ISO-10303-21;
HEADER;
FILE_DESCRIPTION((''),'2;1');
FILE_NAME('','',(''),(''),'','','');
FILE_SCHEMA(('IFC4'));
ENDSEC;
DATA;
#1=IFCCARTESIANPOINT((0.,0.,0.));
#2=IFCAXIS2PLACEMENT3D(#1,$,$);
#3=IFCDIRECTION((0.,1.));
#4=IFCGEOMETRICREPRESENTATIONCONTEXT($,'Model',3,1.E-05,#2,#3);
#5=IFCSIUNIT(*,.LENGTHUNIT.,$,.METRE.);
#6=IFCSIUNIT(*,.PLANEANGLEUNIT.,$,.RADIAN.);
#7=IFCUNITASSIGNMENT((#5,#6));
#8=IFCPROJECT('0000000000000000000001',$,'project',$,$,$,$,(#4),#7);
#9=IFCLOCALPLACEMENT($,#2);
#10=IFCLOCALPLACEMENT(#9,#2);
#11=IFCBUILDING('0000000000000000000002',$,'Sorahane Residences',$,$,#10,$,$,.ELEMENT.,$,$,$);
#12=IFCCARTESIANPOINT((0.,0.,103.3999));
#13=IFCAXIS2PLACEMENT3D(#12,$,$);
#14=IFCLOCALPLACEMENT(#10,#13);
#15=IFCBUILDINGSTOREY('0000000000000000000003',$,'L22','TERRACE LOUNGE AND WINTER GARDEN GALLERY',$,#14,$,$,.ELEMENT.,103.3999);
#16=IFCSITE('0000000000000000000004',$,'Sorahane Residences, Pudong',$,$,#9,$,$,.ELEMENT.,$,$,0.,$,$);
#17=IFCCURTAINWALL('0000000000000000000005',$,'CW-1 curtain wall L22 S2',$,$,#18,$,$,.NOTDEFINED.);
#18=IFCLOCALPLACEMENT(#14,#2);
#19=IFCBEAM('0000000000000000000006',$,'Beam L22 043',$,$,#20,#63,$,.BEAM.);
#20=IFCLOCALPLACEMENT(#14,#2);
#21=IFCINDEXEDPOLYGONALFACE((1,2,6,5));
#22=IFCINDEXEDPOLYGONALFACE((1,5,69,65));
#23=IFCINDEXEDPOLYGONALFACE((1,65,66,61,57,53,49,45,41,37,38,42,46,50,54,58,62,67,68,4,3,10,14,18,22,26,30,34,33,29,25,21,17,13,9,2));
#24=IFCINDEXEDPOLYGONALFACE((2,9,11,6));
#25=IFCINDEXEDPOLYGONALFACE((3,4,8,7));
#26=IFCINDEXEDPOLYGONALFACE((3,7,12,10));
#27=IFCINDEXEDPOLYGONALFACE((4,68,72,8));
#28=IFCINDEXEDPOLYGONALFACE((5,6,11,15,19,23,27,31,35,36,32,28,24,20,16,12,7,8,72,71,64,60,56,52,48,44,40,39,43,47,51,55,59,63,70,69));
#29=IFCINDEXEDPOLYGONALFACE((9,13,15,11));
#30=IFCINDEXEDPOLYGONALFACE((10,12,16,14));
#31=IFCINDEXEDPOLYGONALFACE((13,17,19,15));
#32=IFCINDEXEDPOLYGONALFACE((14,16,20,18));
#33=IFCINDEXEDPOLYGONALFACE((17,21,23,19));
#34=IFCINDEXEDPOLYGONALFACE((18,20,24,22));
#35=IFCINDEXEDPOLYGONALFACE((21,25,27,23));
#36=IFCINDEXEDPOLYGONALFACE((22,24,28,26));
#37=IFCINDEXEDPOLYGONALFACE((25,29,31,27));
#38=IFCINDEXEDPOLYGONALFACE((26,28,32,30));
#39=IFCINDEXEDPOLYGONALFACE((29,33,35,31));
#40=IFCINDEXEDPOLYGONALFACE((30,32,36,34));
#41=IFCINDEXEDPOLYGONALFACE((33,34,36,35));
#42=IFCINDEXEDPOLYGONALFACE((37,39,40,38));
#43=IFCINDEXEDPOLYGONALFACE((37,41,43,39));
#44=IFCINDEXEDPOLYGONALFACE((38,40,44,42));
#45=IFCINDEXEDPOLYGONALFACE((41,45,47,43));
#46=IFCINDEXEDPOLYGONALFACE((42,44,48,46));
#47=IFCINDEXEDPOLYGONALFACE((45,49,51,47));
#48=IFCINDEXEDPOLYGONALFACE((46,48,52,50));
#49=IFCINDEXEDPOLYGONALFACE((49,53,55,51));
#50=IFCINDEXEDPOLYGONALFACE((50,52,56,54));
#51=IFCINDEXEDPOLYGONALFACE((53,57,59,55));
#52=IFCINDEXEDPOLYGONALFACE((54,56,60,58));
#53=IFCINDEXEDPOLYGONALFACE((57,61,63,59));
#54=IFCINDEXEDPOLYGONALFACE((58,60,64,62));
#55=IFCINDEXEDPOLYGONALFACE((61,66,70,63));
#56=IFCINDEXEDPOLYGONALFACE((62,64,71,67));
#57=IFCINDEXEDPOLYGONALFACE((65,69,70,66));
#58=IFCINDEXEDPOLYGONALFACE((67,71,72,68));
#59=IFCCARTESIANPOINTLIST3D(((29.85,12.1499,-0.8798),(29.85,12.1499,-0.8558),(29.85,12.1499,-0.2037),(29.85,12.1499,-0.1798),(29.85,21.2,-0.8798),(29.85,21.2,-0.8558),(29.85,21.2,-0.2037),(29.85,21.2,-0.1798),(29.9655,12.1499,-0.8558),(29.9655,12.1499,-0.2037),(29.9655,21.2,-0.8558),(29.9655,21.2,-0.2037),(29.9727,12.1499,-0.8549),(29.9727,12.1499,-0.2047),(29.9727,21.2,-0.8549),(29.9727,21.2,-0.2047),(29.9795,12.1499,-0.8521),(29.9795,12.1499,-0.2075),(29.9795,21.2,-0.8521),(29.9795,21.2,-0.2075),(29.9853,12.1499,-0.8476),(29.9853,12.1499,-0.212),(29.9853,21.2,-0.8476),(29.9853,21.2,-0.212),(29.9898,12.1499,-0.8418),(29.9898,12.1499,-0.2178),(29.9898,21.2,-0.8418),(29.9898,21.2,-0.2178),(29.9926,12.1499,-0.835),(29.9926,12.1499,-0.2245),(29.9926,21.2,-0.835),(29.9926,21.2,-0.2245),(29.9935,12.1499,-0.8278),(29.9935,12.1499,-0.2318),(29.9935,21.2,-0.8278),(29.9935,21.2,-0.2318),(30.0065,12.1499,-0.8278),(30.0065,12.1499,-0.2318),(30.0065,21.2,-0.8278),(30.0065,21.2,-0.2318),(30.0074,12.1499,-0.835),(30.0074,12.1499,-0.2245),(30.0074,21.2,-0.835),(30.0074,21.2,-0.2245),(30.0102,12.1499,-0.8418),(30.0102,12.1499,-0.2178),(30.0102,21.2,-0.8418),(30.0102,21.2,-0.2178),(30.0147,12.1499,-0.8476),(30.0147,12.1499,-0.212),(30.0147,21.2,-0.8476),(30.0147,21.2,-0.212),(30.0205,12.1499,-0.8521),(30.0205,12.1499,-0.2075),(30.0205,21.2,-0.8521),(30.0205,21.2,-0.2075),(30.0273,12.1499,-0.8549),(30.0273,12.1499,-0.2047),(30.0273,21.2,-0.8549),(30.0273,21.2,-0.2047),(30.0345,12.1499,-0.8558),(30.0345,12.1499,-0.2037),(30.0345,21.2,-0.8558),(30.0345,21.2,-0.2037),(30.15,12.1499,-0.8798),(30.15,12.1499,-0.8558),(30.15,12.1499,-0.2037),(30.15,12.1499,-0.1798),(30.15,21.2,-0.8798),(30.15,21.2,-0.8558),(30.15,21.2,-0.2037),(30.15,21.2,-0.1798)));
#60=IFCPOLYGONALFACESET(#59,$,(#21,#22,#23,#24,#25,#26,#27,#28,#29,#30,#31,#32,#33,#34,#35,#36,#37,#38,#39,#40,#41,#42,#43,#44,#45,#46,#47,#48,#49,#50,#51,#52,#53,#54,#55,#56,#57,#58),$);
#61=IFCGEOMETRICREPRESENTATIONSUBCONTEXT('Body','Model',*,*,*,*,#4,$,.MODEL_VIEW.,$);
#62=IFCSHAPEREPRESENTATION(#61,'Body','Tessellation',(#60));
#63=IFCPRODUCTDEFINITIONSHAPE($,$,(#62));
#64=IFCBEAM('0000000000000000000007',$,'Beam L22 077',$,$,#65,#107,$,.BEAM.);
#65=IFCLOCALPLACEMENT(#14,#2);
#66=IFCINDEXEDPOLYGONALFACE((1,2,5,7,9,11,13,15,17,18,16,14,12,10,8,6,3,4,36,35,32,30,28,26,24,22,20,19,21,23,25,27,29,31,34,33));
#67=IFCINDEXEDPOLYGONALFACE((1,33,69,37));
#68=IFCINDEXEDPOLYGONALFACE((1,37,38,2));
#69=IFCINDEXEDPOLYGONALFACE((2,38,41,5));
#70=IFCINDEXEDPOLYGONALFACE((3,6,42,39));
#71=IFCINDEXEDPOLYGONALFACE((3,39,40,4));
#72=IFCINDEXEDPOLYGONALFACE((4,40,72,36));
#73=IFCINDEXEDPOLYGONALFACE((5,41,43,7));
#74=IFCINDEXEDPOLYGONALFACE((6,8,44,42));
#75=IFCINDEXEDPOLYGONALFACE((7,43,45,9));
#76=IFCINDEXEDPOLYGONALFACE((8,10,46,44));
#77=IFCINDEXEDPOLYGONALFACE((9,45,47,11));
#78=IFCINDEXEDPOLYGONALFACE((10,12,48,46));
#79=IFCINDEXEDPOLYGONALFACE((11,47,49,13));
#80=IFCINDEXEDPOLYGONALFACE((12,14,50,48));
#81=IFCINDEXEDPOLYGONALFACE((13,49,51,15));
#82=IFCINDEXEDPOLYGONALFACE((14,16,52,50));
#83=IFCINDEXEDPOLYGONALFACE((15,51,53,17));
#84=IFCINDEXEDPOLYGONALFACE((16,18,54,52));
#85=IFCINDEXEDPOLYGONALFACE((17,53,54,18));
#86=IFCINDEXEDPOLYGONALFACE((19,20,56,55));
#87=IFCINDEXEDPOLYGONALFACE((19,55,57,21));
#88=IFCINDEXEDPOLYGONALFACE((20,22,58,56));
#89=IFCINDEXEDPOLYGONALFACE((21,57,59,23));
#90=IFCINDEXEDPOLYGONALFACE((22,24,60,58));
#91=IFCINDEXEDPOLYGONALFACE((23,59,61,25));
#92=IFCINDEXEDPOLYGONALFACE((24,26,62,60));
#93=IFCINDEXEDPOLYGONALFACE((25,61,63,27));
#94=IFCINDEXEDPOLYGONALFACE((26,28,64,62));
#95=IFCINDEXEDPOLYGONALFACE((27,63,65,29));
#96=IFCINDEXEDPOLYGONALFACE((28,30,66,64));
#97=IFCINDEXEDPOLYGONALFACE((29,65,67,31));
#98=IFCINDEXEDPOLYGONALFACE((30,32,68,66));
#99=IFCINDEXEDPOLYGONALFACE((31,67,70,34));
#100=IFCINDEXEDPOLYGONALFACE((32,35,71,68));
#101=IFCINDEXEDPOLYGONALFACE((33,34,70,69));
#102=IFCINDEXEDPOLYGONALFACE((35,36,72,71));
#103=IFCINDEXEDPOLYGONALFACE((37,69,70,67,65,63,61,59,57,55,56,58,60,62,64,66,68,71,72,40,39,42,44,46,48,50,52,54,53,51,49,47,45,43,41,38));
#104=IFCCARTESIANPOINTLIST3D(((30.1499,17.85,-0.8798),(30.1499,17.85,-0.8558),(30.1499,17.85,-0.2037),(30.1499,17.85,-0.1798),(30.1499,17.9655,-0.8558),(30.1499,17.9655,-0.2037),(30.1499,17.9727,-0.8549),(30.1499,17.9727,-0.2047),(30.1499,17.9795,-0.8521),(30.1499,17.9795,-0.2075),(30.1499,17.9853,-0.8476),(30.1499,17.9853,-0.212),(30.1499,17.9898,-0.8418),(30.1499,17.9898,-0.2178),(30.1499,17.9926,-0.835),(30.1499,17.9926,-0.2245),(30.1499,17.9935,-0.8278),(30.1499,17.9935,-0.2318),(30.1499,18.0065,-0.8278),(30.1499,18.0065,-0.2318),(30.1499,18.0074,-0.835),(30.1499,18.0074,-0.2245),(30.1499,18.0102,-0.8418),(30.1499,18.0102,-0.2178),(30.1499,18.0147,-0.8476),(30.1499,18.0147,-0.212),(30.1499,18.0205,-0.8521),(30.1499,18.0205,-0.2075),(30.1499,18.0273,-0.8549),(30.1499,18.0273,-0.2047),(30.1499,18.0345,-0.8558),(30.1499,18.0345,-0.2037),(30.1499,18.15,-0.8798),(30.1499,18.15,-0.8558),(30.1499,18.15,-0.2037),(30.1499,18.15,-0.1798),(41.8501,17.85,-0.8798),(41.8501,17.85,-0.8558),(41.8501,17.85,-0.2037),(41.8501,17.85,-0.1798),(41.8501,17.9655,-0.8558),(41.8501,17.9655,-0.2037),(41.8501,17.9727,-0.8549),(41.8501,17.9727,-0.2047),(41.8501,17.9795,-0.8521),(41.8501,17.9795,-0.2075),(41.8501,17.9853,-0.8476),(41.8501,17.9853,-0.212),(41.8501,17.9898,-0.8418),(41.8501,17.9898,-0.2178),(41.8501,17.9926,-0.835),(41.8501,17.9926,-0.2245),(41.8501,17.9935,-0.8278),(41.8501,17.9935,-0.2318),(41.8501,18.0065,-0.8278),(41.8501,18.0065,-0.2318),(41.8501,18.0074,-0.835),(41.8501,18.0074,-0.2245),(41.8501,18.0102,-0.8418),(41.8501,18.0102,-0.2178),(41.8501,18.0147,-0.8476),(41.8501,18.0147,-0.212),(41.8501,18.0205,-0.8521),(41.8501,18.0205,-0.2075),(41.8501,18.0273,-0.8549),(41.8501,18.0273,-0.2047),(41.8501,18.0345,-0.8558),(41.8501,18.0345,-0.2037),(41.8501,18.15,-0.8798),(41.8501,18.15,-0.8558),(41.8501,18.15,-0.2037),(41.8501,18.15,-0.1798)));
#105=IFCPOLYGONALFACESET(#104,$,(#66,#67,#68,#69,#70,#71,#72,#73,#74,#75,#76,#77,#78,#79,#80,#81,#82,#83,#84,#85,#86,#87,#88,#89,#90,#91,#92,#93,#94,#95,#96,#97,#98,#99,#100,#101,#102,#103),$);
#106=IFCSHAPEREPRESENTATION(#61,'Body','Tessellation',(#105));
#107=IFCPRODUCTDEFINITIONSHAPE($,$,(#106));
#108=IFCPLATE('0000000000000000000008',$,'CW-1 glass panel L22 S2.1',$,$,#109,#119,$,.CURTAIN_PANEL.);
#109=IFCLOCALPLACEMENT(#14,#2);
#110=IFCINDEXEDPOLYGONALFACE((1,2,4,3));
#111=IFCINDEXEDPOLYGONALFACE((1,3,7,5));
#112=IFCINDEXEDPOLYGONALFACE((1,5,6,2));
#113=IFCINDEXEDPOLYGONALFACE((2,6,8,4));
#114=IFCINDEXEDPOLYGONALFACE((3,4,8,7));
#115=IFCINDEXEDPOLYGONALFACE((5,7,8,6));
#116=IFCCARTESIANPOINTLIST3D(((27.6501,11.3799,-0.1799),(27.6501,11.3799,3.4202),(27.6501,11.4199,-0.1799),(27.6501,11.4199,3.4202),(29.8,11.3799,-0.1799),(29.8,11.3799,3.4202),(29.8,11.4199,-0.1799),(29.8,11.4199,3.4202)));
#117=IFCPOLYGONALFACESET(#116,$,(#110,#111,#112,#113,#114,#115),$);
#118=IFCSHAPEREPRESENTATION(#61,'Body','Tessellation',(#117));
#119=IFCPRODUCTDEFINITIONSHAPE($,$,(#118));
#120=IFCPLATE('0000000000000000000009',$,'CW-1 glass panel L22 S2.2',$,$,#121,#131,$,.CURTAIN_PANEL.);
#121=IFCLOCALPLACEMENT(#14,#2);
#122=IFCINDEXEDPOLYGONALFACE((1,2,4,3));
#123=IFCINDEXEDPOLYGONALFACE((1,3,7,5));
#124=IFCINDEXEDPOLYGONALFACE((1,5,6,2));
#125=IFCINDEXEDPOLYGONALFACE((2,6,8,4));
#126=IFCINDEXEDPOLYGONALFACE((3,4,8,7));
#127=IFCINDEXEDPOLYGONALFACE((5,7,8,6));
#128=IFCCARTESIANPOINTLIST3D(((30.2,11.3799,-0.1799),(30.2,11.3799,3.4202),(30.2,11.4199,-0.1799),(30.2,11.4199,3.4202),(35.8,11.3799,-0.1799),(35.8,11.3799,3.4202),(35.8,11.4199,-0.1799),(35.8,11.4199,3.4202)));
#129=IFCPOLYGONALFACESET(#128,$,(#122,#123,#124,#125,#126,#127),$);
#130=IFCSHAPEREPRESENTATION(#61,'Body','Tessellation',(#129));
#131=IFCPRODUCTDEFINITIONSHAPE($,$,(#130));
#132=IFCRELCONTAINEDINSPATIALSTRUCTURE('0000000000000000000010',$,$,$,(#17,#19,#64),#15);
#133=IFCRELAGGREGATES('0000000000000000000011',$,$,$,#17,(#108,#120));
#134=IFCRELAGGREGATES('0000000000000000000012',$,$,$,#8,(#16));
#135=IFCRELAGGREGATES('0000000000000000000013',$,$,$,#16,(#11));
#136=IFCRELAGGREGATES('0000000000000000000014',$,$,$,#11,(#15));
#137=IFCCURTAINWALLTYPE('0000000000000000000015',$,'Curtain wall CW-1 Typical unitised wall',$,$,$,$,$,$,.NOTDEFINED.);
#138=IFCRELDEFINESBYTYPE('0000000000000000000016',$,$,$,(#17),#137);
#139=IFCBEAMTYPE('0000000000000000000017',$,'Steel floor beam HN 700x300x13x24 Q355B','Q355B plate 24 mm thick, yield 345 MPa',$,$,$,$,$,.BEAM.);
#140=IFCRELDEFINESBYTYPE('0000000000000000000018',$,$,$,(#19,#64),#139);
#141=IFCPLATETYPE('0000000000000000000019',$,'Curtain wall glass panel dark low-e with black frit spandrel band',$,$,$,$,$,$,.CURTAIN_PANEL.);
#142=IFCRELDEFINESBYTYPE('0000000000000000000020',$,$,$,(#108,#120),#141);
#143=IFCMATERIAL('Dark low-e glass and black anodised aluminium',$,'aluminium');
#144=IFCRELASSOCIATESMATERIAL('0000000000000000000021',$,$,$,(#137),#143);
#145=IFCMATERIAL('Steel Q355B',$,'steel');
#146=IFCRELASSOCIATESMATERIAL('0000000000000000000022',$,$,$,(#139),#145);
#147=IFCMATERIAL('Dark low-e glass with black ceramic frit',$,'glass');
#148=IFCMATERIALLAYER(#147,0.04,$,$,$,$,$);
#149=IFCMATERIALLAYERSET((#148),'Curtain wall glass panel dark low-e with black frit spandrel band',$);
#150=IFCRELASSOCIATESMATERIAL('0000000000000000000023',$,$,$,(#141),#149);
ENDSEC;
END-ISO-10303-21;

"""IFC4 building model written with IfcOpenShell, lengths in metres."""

from ifc_helpers import new_model, si_unit, direction, frame, origin, origin_2d, place, context, subcontext, project, spatial, rectangle, i_section, extrude, material, layer, layer_set, material_profile, profile_set, type_object, element, aggregate, save


model = new_model("IFC4")

# Units and contexts
model_context = context("Model", 3, precision=1e-05, world=origin(), true_north=direction((0.0, 1.0)))
body_context = subcontext(model_context, "Body", "Model", "MODEL_VIEW")
ifc_project = project(units=[si_unit("LENGTHUNIT", "METRE"), si_unit("PLANEANGLEUNIT", "RADIAN")], contexts=[model_context])

# Site, building, storey
site_placement = place(None, origin())
site = spatial("IfcSite", under=ifc_project, at=site_placement, Name="Sorahane Residences, Pudong", CompositionType="ELEMENT", RefElevation=0.0)
building_placement = place(site_placement, origin())
building = spatial("IfcBuilding", under=site, at=building_placement, Name="Sorahane Residences", CompositionType="ELEMENT")
storey_placement = place(building_placement, frame((0.0, 0.0, 103.3999)))
storey = spatial("IfcBuildingStorey", under=building, at=storey_placement, Name="L22", Description="TERRACE LOUNGE AND WINTER GARDEN GALLERY", CompositionType="ELEMENT", Elevation=103.3999)

# Curtain wall
ifc_material_1 = material(Name="Dark low-e glass and black anodised aluminium", Category="aluminium")
curtain_wall_type = type_object("IfcCurtainWallType", Name="Curtain wall CW-1 Typical unitised wall", PredefinedType="NOTDEFINED", material=ifc_material_1)
curtain_wall_placement = place(storey_placement, origin())
curtain_wall = element("IfcCurtainWall", 1, at=curtain_wall_placement, inside=storey, type_object=curtain_wall_type, Name="CW-1 curtain wall L22 S2", PredefinedType="NOTDEFINED")

# Beams
ifc_material_2 = material(Name="Steel Q355B", Category="steel")
ifc_material_profile_1 = material_profile(ifc_material_2, i_section(OverallWidth=0.3, OverallDepth=0.7, WebThickness=0.0129, FlangeThickness=0.0239, FilletRadius=0.0281, at=origin_2d()), Name="HN 700x300x13x24")
ifc_profile_set_1 = profile_set([ifc_material_profile_1], Name="Steel Q355B")
beam_type_1 = type_object("IfcBeamType", Name="Steel floor beam HN 700x300x13x24 Q355B", Description="Q355B plate 24 mm thick, yield 345 MPa", PredefinedType="BEAM", material=ifc_profile_set_1)
beam_1_placement = place(storey_placement, frame((30.0, 12.1499, -0.5298), z_axis=(0.0, 1.0, 0.0), x_axis=(-1.0, 0.0, 0.0)))
element("IfcBeam", 2, at=beam_1_placement, inside=storey, type_object=beam_type_1, Name="Beam L22 043", PredefinedType="BEAM", context=body_context, shape_type="SweptSolid", body=[
    extrude(i_section(OverallWidth=0.3, OverallDepth=0.7, WebThickness=0.0129, FlangeThickness=0.0239, FilletRadius=0.0281, at=origin_2d()), origin(), (0.0, 0.0, 1.0), 9.05),
])
beam_2_placement = place(storey_placement, frame((30.1499, 18.0, -0.5298), z_axis=(1.0, 0.0, 0.0), x_axis=(0.0, 1.0, 0.0)))
element("IfcBeam", 3, at=beam_2_placement, inside=storey, type_object=beam_type_1, Name="Beam L22 077", PredefinedType="BEAM", context=body_context, shape_type="SweptSolid", body=[
    extrude(i_section(OverallWidth=0.3, OverallDepth=0.7, WebThickness=0.0129, FlangeThickness=0.0239, FilletRadius=0.0281, at=origin_2d()), origin(), (0.0, 0.0, 1.0), 11.7002),
])

# Plates
ifc_material_3 = material(Name="Dark low-e glass with black ceramic frit", Category="glass")
ifc_layer_1 = layer(ifc_material_3, 0.04)
ifc_layer_set_1 = layer_set([ifc_layer_1], Name="Curtain wall glass panel dark low-e with black frit spandrel band")
plate_type = type_object("IfcPlateType", Name="Curtain wall glass panel dark low-e with black frit spandrel band", PredefinedType="CURTAIN_PANEL", material=ifc_layer_set_1)
plate_1_placement = place(storey_placement, frame((28.7251, 11.3999, -0.1799), z_axis=(0.0, 0.0, 1.0), x_axis=(1.0, 0.0, 0.0)))
plate_1 = element("IfcPlate", 4, at=plate_1_placement, type_object=plate_type, Name="CW-1 glass panel L22 S2.1", PredefinedType="CURTAIN_PANEL", context=body_context, shape_type="SweptSolid", body=[
    extrude(rectangle(XDim=2.1499, YDim=0.04, at=origin_2d()), origin(), (0.0, 0.0, 1.0), 3.6001),
])
plate_2_placement = place(storey_placement, frame((33.0, 11.3999, -0.1799), z_axis=(0.0, 0.0, 1.0), x_axis=(1.0, 0.0, 0.0)))
plate_2 = element("IfcPlate", 5, at=plate_2_placement, type_object=plate_type, Name="CW-1 glass panel L22 S2.2", PredefinedType="CURTAIN_PANEL", context=body_context, shape_type="SweptSolid", body=[
    extrude(rectangle(XDim=5.6001, YDim=0.04, at=origin_2d()), origin(), (0.0, 0.0, 1.0), 3.6001),
])
aggregate(curtain_wall, [plate_1, plate_2])

save(model, "model.ifc")
